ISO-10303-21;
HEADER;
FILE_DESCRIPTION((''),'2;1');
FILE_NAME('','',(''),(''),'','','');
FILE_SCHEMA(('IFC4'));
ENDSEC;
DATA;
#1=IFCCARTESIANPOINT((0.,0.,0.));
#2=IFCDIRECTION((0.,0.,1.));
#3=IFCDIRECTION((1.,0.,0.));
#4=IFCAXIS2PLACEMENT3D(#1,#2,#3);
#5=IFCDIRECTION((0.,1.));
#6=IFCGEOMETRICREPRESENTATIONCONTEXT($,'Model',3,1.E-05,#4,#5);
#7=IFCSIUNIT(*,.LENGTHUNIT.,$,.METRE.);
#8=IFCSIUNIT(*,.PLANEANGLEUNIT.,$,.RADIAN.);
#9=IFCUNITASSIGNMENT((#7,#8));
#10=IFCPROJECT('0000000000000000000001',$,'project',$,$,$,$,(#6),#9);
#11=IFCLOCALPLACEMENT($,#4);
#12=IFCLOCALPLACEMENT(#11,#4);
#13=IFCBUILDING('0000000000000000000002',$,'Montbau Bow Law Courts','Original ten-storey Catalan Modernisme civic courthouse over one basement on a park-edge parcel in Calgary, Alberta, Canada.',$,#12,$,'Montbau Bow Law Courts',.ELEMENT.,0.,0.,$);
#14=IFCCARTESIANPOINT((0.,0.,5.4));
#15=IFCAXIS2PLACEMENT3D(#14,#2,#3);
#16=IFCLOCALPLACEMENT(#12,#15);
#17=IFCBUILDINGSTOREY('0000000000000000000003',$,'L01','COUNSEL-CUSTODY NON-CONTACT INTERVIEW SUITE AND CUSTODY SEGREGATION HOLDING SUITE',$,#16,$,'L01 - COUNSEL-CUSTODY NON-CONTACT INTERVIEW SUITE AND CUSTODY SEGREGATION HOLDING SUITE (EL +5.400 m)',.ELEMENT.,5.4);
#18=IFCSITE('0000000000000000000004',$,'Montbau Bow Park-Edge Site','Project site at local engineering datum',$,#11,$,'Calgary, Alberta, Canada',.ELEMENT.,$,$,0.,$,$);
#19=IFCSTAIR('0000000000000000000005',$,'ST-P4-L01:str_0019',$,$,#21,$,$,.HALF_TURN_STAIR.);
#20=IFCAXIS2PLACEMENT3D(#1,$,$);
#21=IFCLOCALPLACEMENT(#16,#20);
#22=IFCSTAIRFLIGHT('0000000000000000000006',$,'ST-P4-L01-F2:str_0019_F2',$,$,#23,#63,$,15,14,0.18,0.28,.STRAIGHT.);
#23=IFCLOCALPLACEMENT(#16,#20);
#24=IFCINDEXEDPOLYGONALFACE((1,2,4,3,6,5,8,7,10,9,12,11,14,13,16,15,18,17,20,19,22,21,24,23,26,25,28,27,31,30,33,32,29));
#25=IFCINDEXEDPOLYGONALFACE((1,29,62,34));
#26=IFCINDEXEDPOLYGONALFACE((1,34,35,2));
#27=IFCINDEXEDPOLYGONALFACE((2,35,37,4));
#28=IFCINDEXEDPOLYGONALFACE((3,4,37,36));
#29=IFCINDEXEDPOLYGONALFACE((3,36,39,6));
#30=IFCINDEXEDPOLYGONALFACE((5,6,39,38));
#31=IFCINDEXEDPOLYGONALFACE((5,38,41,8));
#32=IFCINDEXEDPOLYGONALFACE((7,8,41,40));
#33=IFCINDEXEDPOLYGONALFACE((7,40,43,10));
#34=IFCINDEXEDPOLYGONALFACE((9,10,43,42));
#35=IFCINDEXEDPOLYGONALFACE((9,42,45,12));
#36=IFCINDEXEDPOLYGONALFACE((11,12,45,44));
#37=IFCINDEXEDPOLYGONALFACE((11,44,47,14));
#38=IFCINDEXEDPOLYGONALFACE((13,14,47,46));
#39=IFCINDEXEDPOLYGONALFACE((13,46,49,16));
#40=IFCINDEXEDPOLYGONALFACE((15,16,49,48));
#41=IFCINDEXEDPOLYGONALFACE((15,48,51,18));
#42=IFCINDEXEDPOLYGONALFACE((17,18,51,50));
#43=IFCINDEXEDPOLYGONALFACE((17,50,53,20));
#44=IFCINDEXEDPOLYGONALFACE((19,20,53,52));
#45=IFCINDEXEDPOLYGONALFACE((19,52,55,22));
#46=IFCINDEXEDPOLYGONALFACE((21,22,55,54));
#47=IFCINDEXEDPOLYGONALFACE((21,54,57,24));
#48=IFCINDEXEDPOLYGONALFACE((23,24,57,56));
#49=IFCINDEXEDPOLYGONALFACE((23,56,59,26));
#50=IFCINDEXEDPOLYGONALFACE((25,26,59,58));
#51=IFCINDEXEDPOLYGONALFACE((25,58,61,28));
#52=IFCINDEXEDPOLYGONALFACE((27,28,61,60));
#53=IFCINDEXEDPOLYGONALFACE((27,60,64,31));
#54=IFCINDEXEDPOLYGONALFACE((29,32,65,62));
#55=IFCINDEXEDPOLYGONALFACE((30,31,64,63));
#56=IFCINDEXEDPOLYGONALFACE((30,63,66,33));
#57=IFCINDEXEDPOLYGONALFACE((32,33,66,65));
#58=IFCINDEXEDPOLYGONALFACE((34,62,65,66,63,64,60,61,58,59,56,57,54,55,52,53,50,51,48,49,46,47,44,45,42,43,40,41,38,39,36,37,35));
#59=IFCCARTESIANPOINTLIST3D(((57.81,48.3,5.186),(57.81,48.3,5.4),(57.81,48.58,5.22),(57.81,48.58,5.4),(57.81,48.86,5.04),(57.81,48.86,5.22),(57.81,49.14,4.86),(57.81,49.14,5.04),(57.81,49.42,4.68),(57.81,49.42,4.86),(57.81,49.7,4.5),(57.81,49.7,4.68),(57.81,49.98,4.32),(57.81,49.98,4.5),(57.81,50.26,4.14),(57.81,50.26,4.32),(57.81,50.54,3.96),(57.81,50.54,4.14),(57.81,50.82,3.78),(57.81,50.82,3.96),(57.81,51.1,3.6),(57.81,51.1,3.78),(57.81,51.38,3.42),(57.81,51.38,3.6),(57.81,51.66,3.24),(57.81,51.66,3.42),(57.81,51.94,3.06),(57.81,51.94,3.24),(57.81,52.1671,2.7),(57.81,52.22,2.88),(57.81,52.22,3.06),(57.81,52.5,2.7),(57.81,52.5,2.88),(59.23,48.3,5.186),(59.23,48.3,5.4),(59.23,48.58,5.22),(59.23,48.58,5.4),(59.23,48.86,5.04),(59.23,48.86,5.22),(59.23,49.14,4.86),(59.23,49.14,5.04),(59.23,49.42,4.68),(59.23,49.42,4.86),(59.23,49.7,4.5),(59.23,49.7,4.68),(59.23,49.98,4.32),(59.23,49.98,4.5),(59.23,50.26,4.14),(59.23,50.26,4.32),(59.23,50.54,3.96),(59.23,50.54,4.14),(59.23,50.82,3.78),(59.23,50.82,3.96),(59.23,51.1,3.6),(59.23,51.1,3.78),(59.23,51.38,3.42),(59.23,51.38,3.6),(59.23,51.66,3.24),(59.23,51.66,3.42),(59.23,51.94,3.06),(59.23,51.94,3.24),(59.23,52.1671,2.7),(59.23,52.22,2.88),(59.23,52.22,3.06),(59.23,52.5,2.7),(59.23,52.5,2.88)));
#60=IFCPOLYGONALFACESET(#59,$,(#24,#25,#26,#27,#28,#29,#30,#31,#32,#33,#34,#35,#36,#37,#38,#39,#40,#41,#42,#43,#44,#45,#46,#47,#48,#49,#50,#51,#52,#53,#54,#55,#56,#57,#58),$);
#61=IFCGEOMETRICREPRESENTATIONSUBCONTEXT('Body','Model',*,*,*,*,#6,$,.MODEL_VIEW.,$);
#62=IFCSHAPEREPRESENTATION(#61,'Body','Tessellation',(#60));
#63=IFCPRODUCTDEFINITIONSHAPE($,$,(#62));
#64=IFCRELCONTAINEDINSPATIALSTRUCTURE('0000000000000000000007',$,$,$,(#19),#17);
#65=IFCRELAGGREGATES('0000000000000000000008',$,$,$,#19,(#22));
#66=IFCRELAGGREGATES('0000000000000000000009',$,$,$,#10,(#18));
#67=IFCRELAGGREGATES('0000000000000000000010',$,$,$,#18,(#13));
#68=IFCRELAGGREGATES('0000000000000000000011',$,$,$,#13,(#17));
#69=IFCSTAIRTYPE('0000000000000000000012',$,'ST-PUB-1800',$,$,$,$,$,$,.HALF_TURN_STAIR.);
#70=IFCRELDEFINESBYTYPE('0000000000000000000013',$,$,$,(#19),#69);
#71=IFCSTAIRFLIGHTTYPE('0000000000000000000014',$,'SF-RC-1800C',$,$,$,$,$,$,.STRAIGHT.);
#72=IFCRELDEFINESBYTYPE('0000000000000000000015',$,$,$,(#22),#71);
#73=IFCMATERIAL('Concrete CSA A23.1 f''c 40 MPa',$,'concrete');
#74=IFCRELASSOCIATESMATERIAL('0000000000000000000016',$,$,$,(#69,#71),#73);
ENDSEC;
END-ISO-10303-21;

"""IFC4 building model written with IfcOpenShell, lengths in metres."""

from ifc_helpers import new_model, si_unit, direction, frame, origin_with_axes, place, context, subcontext, project, spatial, polyline, outline, extrude, material, type_object, element, aggregate, save


model = new_model("IFC4")

# Units and contexts
model_context = context("Model", 3, precision=1e-05, world=origin_with_axes(), true_north=direction((0.0, 1.0)))
body_context = subcontext(model_context, "Body", "Model", "MODEL_VIEW")
ifc_project = project(units=[si_unit("LENGTHUNIT", "METRE"), si_unit("PLANEANGLEUNIT", "RADIAN")], contexts=[model_context])

# Site, building, storey
site_placement = place(None, origin_with_axes())
site = spatial("IfcSite", under=ifc_project, at=site_placement, Name="Montbau Bow Park-Edge Site", Description="Project site at local engineering datum", LongName="Calgary, Alberta, Canada", CompositionType="ELEMENT", RefElevation=0.0)
building_placement = place(site_placement, origin_with_axes())
building = spatial("IfcBuilding", under=site, at=building_placement, Name="Montbau Bow Law Courts", Description="Original ten-storey Catalan Modernisme civic courthouse over one basement on a park-edge parcel in Calgary, Alberta, Canada.", LongName="Montbau Bow Law Courts", CompositionType="ELEMENT", ElevationOfRefHeight=0.0, ElevationOfTerrain=0.0)
storey_placement = place(building_placement, frame((0.0, 0.0, 5.4), z_axis=(0.0, 0.0, 1.0), x_axis=(1.0, 0.0, 0.0)))
storey = spatial("IfcBuildingStorey", under=building, at=storey_placement, Name="L01", Description="COUNSEL-CUSTODY NON-CONTACT INTERVIEW SUITE AND CUSTODY SEGREGATION HOLDING SUITE", LongName="L01 - COUNSEL-CUSTODY NON-CONTACT INTERVIEW SUITE AND CUSTODY SEGREGATION HOLDING SUITE (EL +5.400 m)", CompositionType="ELEMENT", Elevation=5.4)

# Stair, stair flight
ifc_material_1 = material(Name="Concrete CSA A23.1 f'c 40 MPa", Category="concrete")
stair_type = type_object("IfcStairType", Name="ST-PUB-1800", PredefinedType="HALF_TURN_STAIR", material=ifc_material_1)
stair_placement = place(None, frame((56.69, 48.3, 5.4), z_axis=(0.0, 0.0, 1.0), x_axis=(1.0, 0.0, 0.0)))
stair = element("IfcStair", 1, at=stair_placement, inside=storey, type_object=stair_type, Name="ST-P4-L01:str_0019", PredefinedType="HALF_TURN_STAIR")
stair_flight_type = type_object("IfcStairFlightType", Name="SF-RC-1800C", PredefinedType="STRAIGHT", material=ifc_material_1)
stair_flight_1_placement = place(None, frame((58.52, 52.5, 8.1), z_axis=(0.0, 0.0, 1.0), x_axis=(0.0, -1.0, 0.0)))
stair_flight_1 = element("IfcStairFlight", 2, at=stair_flight_1_placement, type_object=stair_flight_type, Name="ST-P4-L01-F2:str_0019_F2", NumberOfRisers=15, NumberOfTreads=14, PredefinedType="STRAIGHT", RiserHeight=0.18, TreadLength=0.28, context=body_context, shape_type="SweptSolid", body=[
    extrude(outline(polyline([(0.0, 0.0), (0.0, 0.18), (0.28, 0.18), (0.28, 0.36), (0.56, 0.36), (0.56, 0.54), (0.84, 0.54), (0.84, 0.72), (1.12, 0.72), (1.12, 0.9), (1.4, 0.9), (1.4, 1.08), (1.68, 1.08), (1.68, 1.26), (1.96, 1.26), (1.96, 1.44), (2.24, 1.44), (2.24, 1.62), (2.52, 1.62), (2.52, 1.8), (2.8, 1.8), (2.8, 1.98), (3.08, 1.98), (3.08, 2.16), (3.36, 2.16), (3.36, 2.34), (3.64, 2.34), (3.64, 2.52), (3.92, 2.52), (3.92, 2.7), (4.2, 2.7), (4.2, 2.486), (0.3329, 0.0), (0.0, 0.0)])), frame((0.0, 0.71, 0.0), z_axis=(0.0, -1.0, 0.0), x_axis=(1.0, 0.0, 0.0)), (0.0, 0.0, 1.0), 1.42),
])
aggregate(stair, [stair_flight_1])

save(model, "model.ifc")
